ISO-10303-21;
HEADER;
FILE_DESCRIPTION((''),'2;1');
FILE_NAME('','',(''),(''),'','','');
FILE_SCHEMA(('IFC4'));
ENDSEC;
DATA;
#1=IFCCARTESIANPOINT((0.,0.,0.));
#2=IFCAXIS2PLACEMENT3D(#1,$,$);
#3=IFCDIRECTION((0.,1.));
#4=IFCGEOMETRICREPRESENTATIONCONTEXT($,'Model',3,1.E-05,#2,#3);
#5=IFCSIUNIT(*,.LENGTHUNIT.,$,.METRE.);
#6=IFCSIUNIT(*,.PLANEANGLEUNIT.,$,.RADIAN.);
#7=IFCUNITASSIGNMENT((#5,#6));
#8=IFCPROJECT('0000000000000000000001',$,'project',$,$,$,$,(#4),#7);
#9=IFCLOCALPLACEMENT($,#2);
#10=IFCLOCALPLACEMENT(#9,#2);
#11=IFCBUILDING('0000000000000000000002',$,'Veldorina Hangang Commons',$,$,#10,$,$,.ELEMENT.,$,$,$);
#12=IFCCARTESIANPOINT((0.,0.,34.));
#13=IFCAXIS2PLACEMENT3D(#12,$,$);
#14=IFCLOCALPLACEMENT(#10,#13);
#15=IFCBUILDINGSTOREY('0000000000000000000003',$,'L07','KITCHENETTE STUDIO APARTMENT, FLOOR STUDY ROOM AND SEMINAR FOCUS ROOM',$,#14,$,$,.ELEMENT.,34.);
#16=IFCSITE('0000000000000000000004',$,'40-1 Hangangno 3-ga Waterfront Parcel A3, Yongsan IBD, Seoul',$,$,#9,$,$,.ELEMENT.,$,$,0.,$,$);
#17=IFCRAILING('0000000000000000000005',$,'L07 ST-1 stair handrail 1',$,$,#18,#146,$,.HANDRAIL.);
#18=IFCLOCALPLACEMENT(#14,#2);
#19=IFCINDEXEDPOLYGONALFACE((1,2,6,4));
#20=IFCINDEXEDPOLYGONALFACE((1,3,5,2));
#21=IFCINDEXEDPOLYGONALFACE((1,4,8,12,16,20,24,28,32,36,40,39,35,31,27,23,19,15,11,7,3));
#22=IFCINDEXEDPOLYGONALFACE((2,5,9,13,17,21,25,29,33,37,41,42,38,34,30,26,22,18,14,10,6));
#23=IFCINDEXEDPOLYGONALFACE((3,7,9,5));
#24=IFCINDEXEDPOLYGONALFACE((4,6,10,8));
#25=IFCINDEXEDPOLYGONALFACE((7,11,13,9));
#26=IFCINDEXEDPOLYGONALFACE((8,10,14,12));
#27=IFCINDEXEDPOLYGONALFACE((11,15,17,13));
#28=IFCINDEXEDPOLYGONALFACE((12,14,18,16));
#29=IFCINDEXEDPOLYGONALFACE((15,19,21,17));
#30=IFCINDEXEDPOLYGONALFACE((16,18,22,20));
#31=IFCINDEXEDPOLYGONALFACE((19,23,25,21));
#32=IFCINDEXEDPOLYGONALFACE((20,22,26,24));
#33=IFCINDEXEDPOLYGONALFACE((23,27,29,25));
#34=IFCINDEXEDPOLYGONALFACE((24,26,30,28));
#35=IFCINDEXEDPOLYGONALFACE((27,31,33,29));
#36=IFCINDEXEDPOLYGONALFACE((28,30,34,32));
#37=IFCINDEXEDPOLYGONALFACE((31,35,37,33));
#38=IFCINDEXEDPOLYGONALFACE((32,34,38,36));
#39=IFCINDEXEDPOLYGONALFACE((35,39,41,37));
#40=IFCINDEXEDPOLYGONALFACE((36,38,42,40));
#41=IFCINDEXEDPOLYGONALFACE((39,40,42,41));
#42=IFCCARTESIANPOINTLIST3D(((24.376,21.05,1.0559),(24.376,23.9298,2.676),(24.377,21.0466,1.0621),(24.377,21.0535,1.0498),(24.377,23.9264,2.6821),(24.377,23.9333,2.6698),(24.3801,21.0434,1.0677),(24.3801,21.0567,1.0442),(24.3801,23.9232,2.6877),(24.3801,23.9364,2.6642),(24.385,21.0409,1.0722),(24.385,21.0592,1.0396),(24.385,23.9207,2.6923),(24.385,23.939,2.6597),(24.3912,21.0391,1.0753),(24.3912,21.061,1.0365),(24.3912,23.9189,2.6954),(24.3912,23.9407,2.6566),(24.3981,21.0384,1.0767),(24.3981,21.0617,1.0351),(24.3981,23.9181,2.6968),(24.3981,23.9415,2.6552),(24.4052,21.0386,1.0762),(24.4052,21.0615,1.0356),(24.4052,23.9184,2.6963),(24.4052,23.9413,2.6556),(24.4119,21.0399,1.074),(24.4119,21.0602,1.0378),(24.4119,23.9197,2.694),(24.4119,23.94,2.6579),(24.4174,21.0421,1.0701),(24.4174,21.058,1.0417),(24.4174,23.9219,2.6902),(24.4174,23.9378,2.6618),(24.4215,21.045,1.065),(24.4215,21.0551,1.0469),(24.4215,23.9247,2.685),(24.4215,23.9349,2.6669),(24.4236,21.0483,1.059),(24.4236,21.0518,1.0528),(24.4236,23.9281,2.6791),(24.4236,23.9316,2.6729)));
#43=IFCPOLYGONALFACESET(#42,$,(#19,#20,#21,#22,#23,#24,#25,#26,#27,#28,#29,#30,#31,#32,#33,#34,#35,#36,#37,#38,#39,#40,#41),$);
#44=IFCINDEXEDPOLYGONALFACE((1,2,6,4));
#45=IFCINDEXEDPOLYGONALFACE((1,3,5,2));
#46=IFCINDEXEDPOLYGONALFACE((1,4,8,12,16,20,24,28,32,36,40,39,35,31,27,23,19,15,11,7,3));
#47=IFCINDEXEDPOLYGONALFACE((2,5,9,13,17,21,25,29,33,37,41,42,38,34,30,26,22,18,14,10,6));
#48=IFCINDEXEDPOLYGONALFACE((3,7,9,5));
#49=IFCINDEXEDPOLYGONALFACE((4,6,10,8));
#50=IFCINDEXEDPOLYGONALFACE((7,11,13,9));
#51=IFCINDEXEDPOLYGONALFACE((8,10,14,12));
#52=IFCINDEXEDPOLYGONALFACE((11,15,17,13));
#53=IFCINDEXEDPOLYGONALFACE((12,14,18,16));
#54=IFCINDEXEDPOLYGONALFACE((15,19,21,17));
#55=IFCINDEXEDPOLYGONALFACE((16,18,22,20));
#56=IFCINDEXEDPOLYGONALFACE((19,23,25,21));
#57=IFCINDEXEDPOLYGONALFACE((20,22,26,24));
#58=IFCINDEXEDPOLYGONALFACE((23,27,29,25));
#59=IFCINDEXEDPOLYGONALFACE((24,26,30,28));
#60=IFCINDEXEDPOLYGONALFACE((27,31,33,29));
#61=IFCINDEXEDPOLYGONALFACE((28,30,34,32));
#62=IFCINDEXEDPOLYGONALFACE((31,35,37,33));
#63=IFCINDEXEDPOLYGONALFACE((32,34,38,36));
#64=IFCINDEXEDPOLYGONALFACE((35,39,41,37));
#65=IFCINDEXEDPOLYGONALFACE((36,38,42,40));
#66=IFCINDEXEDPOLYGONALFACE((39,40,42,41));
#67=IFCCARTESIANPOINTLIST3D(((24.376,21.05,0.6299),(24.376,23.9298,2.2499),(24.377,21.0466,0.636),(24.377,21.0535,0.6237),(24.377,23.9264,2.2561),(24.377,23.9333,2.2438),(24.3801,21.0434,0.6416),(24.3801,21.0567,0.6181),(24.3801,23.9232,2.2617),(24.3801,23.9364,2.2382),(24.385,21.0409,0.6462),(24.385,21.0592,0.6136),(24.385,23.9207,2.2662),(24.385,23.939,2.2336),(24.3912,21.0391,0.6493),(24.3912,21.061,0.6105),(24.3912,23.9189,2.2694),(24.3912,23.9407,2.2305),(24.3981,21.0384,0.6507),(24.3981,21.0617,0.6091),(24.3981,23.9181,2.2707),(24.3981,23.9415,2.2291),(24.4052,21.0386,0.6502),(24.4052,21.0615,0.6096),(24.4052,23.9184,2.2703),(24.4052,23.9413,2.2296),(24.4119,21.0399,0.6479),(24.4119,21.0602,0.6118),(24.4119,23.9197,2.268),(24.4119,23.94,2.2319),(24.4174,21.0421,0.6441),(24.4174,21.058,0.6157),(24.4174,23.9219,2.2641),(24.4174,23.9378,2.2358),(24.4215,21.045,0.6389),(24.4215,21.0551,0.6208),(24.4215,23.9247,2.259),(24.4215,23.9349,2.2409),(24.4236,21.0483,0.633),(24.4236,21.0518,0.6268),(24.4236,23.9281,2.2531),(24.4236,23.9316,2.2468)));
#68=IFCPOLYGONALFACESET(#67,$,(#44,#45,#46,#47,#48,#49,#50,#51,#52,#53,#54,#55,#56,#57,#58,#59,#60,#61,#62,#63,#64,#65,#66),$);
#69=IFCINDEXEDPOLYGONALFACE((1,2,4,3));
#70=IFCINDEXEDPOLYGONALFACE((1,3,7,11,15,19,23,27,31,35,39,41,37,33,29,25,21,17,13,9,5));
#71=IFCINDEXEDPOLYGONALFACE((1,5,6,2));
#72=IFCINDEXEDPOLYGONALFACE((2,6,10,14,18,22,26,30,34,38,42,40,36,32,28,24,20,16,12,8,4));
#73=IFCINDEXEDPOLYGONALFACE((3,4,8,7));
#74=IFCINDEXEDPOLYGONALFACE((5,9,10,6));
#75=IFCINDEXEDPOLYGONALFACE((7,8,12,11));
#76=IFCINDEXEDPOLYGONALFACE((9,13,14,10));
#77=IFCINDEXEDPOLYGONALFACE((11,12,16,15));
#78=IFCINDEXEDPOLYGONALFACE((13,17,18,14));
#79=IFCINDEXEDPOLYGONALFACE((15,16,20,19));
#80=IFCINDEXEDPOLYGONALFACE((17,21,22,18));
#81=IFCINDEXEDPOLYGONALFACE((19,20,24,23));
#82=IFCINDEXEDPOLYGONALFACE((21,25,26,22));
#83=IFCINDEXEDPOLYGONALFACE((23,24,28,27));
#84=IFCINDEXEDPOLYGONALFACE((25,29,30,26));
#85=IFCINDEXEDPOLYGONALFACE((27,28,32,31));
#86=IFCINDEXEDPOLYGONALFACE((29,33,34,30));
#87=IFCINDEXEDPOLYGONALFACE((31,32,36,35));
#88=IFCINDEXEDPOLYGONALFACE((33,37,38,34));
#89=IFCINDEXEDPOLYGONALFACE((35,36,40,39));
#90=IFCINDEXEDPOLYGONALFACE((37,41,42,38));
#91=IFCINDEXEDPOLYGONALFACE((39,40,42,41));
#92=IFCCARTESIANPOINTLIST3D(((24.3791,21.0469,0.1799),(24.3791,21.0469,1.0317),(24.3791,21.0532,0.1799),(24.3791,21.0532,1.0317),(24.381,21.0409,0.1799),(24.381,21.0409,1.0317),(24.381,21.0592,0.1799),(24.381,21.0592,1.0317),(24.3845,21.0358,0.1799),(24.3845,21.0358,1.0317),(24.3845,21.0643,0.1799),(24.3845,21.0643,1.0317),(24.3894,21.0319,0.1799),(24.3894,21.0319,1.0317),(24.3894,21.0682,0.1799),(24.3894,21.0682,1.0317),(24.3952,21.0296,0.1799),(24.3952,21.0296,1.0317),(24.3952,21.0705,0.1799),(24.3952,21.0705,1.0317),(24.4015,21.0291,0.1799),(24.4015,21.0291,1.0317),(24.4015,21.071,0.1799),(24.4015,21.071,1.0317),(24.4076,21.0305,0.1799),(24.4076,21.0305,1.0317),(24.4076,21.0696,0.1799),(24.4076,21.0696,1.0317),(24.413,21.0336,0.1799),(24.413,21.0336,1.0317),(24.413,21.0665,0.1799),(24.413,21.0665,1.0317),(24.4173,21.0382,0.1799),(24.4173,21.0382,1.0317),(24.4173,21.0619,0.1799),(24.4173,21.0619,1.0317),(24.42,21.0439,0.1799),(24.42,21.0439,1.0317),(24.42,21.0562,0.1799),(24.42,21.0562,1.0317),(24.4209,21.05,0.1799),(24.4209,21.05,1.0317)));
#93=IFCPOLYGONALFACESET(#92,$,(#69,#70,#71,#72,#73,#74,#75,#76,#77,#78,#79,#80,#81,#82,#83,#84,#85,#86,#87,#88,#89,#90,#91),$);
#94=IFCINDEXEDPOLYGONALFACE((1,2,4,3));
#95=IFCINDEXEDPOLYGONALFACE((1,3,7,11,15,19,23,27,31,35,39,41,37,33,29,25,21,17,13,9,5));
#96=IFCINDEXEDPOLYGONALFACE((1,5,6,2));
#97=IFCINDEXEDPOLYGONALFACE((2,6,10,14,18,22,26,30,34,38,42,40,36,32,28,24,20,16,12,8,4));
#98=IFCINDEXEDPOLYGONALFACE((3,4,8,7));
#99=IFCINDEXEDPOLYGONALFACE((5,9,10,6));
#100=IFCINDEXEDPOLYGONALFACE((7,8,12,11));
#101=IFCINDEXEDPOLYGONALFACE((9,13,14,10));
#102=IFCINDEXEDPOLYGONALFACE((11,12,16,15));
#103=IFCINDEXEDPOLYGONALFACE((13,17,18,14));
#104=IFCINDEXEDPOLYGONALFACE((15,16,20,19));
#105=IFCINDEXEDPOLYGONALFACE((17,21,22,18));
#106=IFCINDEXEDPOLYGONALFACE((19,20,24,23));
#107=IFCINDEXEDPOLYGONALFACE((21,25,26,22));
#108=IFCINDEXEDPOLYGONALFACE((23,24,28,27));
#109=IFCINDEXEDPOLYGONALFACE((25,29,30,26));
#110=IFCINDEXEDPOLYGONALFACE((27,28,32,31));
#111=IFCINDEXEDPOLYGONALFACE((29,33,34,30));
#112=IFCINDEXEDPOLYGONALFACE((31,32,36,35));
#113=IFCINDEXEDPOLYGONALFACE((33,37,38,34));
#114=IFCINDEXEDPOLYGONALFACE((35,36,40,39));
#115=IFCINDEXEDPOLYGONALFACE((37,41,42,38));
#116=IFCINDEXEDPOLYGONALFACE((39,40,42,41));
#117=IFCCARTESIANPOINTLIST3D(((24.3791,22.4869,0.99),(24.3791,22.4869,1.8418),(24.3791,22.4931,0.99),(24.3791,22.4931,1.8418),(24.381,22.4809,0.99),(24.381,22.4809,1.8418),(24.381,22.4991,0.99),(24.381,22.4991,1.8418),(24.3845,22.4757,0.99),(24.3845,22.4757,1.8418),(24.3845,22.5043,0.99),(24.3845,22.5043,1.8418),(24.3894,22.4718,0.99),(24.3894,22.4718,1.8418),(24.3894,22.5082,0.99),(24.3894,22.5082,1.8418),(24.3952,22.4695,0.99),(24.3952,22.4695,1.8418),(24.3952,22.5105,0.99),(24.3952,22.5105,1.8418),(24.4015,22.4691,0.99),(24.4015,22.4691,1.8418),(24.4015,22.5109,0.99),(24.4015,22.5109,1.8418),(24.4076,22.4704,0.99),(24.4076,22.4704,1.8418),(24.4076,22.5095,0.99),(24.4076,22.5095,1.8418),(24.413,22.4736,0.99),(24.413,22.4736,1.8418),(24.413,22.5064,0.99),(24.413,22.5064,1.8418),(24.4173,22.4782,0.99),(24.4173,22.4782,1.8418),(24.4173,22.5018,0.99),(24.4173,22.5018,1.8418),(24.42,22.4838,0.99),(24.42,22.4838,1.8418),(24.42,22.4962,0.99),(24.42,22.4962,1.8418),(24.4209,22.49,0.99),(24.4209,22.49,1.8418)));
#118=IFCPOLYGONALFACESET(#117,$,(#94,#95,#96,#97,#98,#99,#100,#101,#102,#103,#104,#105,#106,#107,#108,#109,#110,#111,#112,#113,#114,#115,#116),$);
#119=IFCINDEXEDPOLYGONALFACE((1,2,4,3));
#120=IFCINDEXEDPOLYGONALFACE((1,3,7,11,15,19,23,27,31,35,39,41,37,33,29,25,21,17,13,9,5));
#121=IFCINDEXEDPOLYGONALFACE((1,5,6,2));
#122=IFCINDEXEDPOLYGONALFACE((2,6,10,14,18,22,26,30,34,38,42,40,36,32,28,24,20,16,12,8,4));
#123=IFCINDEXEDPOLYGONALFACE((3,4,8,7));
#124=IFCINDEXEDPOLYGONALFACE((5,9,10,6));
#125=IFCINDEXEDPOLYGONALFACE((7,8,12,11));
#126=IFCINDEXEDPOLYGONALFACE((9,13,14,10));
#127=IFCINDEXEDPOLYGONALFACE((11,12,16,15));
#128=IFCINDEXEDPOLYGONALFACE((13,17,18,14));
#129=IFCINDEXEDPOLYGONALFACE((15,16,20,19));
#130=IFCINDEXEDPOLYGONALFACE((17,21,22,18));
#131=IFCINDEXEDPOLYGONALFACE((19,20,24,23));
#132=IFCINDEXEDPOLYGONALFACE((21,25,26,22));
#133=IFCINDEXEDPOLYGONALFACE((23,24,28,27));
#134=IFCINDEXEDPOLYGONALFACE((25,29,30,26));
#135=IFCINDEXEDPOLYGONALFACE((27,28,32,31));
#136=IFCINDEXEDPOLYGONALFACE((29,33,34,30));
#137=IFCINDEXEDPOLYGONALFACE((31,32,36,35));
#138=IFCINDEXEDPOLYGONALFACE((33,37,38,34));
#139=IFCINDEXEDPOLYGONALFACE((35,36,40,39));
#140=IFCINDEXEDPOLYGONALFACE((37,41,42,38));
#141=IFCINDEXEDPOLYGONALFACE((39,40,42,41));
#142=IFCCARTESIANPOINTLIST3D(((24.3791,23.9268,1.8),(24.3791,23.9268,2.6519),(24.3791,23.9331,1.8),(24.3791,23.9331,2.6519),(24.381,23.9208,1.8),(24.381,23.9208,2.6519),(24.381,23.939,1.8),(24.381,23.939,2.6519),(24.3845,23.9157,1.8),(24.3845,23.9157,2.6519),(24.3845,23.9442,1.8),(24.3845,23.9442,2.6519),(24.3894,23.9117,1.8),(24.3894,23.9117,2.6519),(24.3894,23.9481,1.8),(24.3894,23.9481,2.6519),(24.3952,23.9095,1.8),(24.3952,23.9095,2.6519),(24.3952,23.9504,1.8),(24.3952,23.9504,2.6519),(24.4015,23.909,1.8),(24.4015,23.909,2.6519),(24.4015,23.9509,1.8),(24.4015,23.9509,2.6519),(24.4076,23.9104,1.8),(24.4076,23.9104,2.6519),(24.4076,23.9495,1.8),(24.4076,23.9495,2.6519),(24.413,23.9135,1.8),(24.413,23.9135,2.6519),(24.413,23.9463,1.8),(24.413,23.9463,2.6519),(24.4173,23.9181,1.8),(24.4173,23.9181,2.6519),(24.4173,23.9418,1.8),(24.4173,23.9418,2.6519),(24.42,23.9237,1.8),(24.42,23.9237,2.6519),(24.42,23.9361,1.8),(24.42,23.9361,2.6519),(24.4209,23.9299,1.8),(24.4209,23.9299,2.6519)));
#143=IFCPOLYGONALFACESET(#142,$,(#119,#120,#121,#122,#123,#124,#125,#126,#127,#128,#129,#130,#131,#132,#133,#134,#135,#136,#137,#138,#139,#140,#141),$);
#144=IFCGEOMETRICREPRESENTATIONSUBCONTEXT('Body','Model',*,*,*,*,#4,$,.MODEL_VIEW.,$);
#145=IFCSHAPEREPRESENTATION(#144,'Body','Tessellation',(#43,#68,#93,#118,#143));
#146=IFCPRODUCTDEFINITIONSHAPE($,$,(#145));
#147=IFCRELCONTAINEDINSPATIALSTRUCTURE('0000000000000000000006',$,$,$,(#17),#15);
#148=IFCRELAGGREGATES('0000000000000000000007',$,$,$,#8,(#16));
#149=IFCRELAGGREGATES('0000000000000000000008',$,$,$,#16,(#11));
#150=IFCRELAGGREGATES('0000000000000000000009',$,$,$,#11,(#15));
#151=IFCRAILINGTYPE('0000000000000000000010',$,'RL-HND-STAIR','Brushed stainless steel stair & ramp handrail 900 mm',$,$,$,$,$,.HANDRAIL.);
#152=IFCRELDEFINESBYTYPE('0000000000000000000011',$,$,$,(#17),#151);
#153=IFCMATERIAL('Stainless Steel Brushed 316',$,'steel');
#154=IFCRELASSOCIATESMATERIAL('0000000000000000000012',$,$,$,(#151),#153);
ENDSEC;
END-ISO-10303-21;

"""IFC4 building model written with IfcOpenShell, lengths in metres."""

from ifc_helpers import new_model, si_unit, direction, frame, origin, origin_2d, place, context, subcontext, project, spatial, circle, extrude, material, type_object, element, save


model = new_model("IFC4")

# Units and contexts
model_context = context("Model", 3, precision=1e-05, world=origin(), true_north=direction((0.0, 1.0)))
body_context = subcontext(model_context, "Body", "Model", "MODEL_VIEW")
ifc_project = project(units=[si_unit("LENGTHUNIT", "METRE"), si_unit("PLANEANGLEUNIT", "RADIAN")], contexts=[model_context])

# Site, building, storey
site_placement = place(None, origin())
site = spatial("IfcSite", under=ifc_project, at=site_placement, Name="40-1 Hangangno 3-ga Waterfront Parcel A3, Yongsan IBD, Seoul", CompositionType="ELEMENT", RefElevation=0.0)
building_placement = place(site_placement, origin())
building = spatial("IfcBuilding", under=site, at=building_placement, Name="Veldorina Hangang Commons", CompositionType="ELEMENT")
storey_placement = place(building_placement, frame((0.0, 0.0, 34.0)))
storey = spatial("IfcBuildingStorey", under=building, at=storey_placement, Name="L07", Description="KITCHENETTE STUDIO APARTMENT, FLOOR STUDY ROOM AND SEMINAR FOCUS ROOM", CompositionType="ELEMENT", Elevation=34.0)

# Railing
ifc_material_1 = material(Name="Stainless Steel Brushed 316", Category="steel")
railing_type_1 = type_object("IfcRailingType", Name="RL-HND-STAIR", Description="Brushed stainless steel stair & ramp handrail 900 mm", PredefinedType="HANDRAIL", material=ifc_material_1)
railing_1_placement = place(storey_placement, frame((24.3999, 21.05, 0.1799)))
element("IfcRailing", 1, at=railing_1_placement, inside=storey, type_object=railing_type_1, Name="L07 ST-1 stair handrail 1", PredefinedType="HANDRAIL", context=body_context, shape_type="SweptSolid", body=[
    extrude(circle(Radius=0.0239, at=origin_2d()), frame((0.0, 0.0, 0.876), z_axis=(0.0, 0.871552, 0.490303), x_axis=(-1.0, 0.0, 0.0)), (0.0, 0.0, 1.0), 3.3042),
    extrude(circle(Radius=0.0239, at=origin_2d()), frame((0.0, 0.0, 0.45), z_axis=(0.0, 0.871552, 0.490303), x_axis=(-1.0, 0.0, 0.0)), (0.0, 0.0, 1.0), 3.3042),
    extrude(circle(Radius=0.021, at=origin_2d()), origin(), (0.0, 0.0, 1.0), 0.8518),
    extrude(circle(Radius=0.021, at=origin_2d()), frame((0.0, 1.4399, 0.8101)), (0.0, 0.0, 1.0), 0.8518),
    extrude(circle(Radius=0.021, at=origin_2d()), frame((0.0, 2.8799, 1.6201)), (0.0, 0.0, 1.0), 0.8518),
])

save(model, "model.ifc")
